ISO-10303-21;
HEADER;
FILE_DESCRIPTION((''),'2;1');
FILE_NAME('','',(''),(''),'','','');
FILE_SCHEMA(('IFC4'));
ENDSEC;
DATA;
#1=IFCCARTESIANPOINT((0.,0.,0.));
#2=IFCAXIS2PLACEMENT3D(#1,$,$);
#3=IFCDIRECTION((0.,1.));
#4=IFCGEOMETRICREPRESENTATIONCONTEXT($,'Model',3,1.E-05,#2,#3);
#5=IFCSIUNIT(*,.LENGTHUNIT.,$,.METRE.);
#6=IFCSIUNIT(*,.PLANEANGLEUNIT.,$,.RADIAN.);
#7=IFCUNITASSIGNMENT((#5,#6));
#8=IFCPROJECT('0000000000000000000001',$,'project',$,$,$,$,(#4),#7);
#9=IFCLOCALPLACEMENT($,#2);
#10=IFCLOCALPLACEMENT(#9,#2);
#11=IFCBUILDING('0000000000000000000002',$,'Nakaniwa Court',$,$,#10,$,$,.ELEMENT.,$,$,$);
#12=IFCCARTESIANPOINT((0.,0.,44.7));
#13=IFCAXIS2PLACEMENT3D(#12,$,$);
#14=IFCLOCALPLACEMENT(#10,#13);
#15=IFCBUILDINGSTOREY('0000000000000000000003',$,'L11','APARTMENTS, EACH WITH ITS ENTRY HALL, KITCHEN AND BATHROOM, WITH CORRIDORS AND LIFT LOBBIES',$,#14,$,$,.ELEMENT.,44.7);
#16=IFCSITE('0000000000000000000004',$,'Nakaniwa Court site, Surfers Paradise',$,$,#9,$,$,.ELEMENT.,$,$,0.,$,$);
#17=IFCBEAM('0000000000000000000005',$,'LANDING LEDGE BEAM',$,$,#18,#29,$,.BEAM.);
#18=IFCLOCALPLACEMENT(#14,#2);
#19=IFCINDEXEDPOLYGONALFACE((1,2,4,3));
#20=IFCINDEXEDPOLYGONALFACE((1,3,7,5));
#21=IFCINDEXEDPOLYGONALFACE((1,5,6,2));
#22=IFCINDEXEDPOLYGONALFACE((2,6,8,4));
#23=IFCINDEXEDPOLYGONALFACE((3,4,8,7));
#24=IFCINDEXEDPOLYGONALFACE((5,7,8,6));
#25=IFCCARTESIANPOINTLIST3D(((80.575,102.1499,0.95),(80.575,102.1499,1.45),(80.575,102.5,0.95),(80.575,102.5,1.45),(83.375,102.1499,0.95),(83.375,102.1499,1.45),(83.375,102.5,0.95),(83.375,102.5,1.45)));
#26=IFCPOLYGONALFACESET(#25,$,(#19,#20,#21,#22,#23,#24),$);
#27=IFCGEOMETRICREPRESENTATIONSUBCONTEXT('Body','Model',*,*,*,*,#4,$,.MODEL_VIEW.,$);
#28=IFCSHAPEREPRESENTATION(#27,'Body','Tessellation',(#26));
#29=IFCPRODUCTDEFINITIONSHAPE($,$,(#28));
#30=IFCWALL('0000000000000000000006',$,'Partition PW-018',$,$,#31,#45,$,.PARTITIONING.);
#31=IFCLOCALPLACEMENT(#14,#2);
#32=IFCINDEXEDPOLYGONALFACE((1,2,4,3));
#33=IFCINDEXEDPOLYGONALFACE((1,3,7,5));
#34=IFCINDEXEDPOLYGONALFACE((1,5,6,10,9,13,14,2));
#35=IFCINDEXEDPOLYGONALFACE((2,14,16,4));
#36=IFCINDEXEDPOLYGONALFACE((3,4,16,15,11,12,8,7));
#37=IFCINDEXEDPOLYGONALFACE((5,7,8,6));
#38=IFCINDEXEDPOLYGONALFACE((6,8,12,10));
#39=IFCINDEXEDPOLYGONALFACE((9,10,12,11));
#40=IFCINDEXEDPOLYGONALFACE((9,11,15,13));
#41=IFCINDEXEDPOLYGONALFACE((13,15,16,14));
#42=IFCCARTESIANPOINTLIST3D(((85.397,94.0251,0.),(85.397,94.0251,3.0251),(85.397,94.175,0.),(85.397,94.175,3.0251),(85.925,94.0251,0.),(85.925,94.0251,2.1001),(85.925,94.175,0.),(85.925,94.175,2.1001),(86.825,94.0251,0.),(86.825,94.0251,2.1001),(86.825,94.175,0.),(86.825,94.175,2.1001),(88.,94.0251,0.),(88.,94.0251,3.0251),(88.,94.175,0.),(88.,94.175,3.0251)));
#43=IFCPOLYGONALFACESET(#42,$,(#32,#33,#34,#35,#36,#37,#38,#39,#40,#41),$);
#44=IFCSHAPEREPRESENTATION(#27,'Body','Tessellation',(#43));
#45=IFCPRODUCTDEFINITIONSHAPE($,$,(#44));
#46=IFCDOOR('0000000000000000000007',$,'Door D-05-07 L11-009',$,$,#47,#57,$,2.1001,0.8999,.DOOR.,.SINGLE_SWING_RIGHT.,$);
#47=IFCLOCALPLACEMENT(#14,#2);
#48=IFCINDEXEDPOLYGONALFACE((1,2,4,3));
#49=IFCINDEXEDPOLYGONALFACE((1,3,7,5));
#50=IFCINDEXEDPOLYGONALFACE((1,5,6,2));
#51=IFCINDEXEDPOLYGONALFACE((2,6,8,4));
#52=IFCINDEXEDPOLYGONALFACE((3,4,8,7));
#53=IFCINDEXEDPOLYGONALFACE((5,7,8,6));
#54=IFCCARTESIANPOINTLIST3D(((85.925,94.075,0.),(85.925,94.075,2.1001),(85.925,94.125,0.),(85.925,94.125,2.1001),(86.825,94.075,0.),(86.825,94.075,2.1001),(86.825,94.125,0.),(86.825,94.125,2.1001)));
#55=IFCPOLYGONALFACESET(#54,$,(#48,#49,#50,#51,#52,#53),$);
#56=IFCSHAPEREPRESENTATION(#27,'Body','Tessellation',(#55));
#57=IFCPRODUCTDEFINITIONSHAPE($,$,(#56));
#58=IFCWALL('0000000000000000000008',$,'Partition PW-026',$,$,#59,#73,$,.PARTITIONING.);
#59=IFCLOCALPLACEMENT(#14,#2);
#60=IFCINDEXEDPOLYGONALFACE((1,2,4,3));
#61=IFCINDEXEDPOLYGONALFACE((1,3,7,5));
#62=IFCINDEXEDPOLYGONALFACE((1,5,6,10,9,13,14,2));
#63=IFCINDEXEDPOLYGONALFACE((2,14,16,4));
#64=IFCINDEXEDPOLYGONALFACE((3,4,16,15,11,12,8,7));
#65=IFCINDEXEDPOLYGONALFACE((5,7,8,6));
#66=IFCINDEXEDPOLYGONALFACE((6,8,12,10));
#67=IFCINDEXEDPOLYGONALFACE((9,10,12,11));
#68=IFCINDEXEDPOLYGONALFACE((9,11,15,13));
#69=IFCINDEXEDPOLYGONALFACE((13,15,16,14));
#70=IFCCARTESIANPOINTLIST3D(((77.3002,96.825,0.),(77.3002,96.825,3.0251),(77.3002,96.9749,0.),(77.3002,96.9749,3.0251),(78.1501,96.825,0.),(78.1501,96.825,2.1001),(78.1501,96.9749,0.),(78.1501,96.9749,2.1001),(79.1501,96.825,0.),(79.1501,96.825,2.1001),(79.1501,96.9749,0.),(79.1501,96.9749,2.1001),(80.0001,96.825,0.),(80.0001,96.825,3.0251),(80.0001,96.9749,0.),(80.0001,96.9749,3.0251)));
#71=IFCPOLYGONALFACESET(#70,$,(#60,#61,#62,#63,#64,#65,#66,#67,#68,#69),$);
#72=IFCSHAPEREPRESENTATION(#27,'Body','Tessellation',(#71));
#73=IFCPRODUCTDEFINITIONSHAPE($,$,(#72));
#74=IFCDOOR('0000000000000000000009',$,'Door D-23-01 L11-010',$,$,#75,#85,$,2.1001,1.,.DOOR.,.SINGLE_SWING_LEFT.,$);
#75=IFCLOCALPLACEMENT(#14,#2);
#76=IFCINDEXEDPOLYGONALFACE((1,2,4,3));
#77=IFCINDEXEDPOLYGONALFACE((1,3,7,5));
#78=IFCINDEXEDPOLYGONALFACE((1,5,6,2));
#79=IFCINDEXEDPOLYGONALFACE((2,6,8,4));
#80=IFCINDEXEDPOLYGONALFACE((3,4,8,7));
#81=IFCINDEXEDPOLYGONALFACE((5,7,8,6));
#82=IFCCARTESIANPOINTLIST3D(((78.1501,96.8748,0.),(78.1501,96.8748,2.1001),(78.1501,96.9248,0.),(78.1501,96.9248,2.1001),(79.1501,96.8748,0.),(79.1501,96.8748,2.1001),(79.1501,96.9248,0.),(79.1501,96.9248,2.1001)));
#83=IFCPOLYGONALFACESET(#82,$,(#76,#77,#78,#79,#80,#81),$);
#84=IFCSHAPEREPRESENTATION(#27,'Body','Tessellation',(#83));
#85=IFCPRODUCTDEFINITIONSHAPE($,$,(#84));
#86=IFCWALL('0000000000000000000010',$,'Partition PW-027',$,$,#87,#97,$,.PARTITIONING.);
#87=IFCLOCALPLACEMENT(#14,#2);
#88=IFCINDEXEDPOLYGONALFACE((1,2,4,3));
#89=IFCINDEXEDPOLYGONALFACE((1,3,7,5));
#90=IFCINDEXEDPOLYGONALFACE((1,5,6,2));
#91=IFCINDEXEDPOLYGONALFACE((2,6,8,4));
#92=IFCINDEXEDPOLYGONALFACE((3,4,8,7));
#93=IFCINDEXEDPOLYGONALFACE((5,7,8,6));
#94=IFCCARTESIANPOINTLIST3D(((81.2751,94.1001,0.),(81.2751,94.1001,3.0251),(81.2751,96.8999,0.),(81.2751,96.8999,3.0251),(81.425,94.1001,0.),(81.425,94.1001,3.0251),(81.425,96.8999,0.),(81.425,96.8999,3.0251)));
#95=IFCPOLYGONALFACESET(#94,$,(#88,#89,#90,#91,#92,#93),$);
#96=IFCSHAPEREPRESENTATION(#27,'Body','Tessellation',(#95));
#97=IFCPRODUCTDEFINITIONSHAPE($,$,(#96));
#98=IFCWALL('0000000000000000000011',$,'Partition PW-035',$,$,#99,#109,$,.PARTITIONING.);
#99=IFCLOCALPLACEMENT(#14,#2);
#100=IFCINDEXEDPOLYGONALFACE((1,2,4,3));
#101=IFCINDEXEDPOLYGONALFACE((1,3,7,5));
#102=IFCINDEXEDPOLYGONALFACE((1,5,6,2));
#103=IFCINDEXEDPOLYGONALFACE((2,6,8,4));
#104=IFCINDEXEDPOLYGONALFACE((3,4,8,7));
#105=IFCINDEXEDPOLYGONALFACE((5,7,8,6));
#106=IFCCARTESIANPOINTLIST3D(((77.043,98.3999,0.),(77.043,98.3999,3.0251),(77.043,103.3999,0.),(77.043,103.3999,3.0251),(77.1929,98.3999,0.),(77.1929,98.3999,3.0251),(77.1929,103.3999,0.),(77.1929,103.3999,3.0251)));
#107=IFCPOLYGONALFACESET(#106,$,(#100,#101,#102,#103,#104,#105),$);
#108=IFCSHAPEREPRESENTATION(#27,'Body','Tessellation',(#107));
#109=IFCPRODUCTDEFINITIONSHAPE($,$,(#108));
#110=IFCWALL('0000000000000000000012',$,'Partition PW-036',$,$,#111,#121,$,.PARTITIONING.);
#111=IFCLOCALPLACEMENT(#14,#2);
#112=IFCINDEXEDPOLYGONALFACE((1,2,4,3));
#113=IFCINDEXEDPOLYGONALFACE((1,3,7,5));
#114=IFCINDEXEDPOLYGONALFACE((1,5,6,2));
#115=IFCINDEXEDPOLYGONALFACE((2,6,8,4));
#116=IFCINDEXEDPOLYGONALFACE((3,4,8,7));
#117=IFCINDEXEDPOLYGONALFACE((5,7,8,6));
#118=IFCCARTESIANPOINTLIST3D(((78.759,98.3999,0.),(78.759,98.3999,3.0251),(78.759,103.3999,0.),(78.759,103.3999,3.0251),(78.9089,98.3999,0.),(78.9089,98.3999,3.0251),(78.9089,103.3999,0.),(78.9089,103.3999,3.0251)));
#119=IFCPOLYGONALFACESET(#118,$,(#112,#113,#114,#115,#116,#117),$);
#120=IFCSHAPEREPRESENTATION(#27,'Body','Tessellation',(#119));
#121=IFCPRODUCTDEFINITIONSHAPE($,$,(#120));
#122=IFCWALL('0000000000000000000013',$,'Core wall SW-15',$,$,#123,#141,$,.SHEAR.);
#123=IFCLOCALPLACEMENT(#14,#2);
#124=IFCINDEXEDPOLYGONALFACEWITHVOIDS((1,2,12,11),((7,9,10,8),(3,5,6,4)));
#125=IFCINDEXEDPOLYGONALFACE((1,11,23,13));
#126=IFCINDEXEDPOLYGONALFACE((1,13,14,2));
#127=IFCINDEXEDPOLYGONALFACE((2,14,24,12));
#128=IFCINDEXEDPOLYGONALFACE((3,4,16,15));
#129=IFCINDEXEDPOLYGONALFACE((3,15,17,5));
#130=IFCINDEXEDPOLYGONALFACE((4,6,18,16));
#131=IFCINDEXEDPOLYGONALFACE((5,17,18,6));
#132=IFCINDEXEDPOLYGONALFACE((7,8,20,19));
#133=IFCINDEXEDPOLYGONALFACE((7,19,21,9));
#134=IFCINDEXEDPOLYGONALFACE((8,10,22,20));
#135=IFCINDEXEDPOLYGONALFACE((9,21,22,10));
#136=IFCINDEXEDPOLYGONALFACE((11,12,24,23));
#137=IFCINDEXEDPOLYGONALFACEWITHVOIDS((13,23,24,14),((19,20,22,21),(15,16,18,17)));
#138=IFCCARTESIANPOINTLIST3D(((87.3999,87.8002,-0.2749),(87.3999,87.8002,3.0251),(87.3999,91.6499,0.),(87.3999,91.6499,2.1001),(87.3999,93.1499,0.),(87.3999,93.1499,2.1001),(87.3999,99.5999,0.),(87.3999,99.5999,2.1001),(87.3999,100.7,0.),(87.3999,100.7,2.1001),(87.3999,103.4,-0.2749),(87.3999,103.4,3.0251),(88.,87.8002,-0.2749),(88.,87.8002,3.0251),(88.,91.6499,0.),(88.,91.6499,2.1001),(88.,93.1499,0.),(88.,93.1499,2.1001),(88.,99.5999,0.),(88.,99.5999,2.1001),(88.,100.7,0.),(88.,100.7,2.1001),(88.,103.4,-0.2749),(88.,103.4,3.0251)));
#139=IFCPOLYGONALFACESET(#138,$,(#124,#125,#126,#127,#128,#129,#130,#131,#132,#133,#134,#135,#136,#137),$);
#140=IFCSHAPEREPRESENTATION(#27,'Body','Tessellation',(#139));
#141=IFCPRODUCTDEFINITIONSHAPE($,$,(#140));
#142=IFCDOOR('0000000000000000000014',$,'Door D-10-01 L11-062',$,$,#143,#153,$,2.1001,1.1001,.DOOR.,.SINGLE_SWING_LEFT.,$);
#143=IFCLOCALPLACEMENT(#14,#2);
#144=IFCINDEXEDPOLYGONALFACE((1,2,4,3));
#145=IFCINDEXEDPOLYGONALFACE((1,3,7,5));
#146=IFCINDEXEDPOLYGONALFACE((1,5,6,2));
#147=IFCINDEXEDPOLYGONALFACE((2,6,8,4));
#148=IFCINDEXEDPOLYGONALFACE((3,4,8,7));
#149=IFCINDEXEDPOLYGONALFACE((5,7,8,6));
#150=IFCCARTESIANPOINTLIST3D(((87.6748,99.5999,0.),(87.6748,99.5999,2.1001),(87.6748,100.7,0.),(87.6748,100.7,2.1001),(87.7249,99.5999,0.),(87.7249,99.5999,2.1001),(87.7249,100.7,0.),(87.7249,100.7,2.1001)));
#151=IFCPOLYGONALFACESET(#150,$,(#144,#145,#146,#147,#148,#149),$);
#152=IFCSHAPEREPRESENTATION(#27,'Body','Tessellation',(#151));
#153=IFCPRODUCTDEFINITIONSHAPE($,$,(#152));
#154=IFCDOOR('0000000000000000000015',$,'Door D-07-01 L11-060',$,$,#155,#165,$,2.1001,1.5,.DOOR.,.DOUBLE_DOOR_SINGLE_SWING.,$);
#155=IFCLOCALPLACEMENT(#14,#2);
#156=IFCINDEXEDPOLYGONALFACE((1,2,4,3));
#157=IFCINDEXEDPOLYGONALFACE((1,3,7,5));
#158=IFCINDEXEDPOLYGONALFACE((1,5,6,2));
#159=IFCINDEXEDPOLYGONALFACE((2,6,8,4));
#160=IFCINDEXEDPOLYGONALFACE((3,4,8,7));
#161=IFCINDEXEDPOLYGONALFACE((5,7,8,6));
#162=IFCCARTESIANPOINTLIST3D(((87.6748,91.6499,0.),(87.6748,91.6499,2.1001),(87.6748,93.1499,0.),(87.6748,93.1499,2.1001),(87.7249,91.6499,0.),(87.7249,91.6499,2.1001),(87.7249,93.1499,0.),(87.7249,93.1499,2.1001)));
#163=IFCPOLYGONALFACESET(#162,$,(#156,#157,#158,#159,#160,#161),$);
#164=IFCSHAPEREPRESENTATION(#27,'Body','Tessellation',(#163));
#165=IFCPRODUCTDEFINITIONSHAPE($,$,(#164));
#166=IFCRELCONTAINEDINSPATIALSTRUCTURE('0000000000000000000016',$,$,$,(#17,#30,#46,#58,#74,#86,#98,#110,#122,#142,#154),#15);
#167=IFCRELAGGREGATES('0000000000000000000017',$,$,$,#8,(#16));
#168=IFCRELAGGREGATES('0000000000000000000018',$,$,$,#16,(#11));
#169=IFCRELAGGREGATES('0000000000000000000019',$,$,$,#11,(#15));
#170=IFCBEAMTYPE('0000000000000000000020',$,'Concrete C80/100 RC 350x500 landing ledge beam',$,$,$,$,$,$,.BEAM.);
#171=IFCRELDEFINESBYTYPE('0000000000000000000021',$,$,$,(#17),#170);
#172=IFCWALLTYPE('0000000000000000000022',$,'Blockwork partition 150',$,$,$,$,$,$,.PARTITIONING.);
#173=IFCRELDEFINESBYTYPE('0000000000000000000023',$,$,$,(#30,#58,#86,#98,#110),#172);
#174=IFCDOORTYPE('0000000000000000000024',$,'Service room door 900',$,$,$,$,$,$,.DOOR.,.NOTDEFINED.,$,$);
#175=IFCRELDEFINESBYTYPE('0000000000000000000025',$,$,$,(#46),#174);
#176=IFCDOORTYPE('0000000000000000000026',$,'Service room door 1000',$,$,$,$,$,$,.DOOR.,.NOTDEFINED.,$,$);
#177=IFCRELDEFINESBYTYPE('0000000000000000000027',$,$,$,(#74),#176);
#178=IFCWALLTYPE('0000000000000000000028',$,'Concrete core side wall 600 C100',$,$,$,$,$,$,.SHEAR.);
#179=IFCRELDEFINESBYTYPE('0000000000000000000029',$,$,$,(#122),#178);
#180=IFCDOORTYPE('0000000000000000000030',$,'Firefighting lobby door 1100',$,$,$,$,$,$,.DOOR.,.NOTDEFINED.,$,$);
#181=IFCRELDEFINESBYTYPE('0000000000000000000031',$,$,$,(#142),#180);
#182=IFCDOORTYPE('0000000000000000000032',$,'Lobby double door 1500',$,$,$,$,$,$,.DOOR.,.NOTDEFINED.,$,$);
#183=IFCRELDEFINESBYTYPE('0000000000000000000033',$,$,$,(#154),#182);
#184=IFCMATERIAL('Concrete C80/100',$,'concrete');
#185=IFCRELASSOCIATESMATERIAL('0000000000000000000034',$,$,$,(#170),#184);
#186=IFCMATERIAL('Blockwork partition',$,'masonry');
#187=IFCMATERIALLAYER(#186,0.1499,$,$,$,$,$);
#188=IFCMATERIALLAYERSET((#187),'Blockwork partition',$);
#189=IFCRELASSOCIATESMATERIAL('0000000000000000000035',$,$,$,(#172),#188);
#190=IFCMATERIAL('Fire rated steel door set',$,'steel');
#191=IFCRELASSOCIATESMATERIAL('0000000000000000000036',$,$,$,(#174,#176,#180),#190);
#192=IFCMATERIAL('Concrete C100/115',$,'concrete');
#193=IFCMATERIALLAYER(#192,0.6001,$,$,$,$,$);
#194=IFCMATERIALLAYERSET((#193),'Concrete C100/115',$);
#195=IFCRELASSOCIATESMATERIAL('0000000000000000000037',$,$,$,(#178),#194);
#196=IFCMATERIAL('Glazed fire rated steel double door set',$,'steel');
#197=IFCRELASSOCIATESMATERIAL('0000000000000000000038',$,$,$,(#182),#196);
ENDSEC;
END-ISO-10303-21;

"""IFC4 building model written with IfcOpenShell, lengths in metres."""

from ifc_helpers import new_model, si_unit, direction, frame, frame_2d, origin, origin_2d, place, context, subcontext, project, spatial, rectangle, extrude, material, layer, layer_set, material_profile, profile_set, type_object, element, fill, save


model = new_model("IFC4")

# Units and contexts
model_context = context("Model", 3, precision=1e-05, world=origin(), true_north=direction((0.0, 1.0)))
body_context = subcontext(model_context, "Body", "Model", "MODEL_VIEW")
ifc_project = project(units=[si_unit("LENGTHUNIT", "METRE"), si_unit("PLANEANGLEUNIT", "RADIAN")], contexts=[model_context])

# Site, building, storey
site_placement = place(None, origin())
site = spatial("IfcSite", under=ifc_project, at=site_placement, Name="Nakaniwa Court site, Surfers Paradise", CompositionType="ELEMENT", RefElevation=0.0)
building_placement = place(site_placement, origin())
building = spatial("IfcBuilding", under=site, at=building_placement, Name="Nakaniwa Court", CompositionType="ELEMENT")
storey_placement = place(building_placement, frame((0.0, 0.0, 44.7)))
storey = spatial("IfcBuildingStorey", under=building, at=storey_placement, Name="L11", Description="APARTMENTS, EACH WITH ITS ENTRY HALL, KITCHEN AND BATHROOM, WITH CORRIDORS AND LIFT LOBBIES", CompositionType="ELEMENT", Elevation=44.7)

# Beam
ifc_material_1 = material(Name="Concrete C80/100", Category="concrete")
ifc_material_profile = material_profile(ifc_material_1, rectangle(XDim=0.3501, YDim=0.5, at=origin_2d()), Name="Concrete C80/100 RC 350x500 landing ledge beam")
ifc_profile_set = profile_set([ifc_material_profile], Name="Concrete C80/100")
beam_type = type_object("IfcBeamType", Name="Concrete C80/100 RC 350x500 landing ledge beam", PredefinedType="BEAM", material=ifc_profile_set)
beam_placement = place(storey_placement, frame((80.575, 102.325, 1.2), z_axis=(1.0, 0.0, 0.0), x_axis=(0.0, 1.0, 0.0)))
element("IfcBeam", 1, at=beam_placement, inside=storey, type_object=beam_type, Name="LANDING LEDGE BEAM", PredefinedType="BEAM", context=body_context, shape_type="SweptSolid", body=[
    extrude(rectangle(XDim=0.3501, YDim=0.5, at=origin_2d()), origin(), (0.0, 0.0, 1.0), 2.8),
])

# Walls, openings, doors
ifc_material_2 = material(Name="Blockwork partition", Category="masonry")
ifc_layer_1 = layer(ifc_material_2, 0.1499)
ifc_layer_set_1 = layer_set([ifc_layer_1], Name="Blockwork partition")
wall_type_1 = type_object("IfcWallType", Name="Blockwork partition 150", PredefinedType="PARTITIONING", material=ifc_layer_set_1)
wall_1_placement = place(storey_placement, frame((85.397, 94.1001, 0.0), z_axis=(0.0, 0.0, 1.0), x_axis=(1.0, 0.0, 0.0)))
wall_1 = element("IfcWall", 2, at=wall_1_placement, inside=storey, type_object=wall_type_1, Name="Partition PW-018", PredefinedType="PARTITIONING", context=body_context, shape_type="SweptSolid", body=[
    extrude(rectangle(XDim=2.603, YDim=0.1499, at=frame_2d((1.3015, 0.0))), origin(), (0.0, 0.0, 1.0), 3.0251),
])
opening_1_placement = place(wall_1_placement, frame((0.5281, 0.0, 0.0)))
opening_1 = element("IfcOpeningElement", 3, at=opening_1_placement, cuts=wall_1, PredefinedType="OPENING", context=body_context, shape_type="SweptSolid", body=[
    extrude(rectangle(XDim=0.8999, YDim=2.1001, at=frame_2d((0.45, 1.05))), frame((0.0, 0.085, 0.0), z_axis=(0.0, -1.0, 0.0), x_axis=(1.0, 0.0, 0.0)), (0.0, 0.0, 1.0), 0.1699),
])
ifc_material_3 = material(Name="Fire rated steel door set", Category="steel")
door_type_1 = type_object("IfcDoorType", Name="Service room door 900", OperationType="NOTDEFINED", PredefinedType="DOOR", material=ifc_material_3)
door_1_placement = place(opening_1_placement, origin())
door_1 = element("IfcDoor", 4, at=door_1_placement, inside=storey, type_object=door_type_1, Name="Door D-05-07 L11-009", OperationType="SINGLE_SWING_RIGHT", OverallHeight=2.1001, OverallWidth=0.8999, PredefinedType="DOOR", context=body_context, shape_type="SweptSolid", body=[
    extrude(rectangle(XDim=0.8999, YDim=2.1001, at=frame_2d((0.45, 1.05))), frame((0.0, 0.0249, 0.0), z_axis=(0.0, -1.0, 0.0), x_axis=(1.0, 0.0, 0.0)), (0.0, 0.0, 1.0), 0.05),
])
fill(opening_1, door_1)
wall_2_placement = place(storey_placement, frame((77.3, 96.8999, 0.0), z_axis=(0.0, 0.0, 1.0), x_axis=(1.0, 0.0, 0.0)))
wall_2 = element("IfcWall", 5, at=wall_2_placement, inside=storey, type_object=wall_type_1, Name="Partition PW-026", PredefinedType="PARTITIONING", context=body_context, shape_type="SweptSolid", body=[
    extrude(rectangle(XDim=2.7, YDim=0.1499, at=frame_2d((1.3501, 0.0))), origin(), (0.0, 0.0, 1.0), 3.0251),
])
opening_2_placement = place(wall_2_placement, frame((0.8501, 0.0, 0.0)))
opening_2 = element("IfcOpeningElement", 6, at=opening_2_placement, cuts=wall_2, PredefinedType="OPENING", context=body_context, shape_type="SweptSolid", body=[
    extrude(rectangle(XDim=1.0, YDim=2.1001, at=frame_2d((0.5, 1.05))), frame((0.0, 0.085, 0.0), z_axis=(0.0, -1.0, 0.0), x_axis=(1.0, 0.0, 0.0)), (0.0, 0.0, 1.0), 0.1699),
])
door_type_2 = type_object("IfcDoorType", Name="Service room door 1000", OperationType="NOTDEFINED", PredefinedType="DOOR", material=ifc_material_3)
door_2_placement = place(opening_2_placement, origin())
door_2 = element("IfcDoor", 7, at=door_2_placement, inside=storey, type_object=door_type_2, Name="Door D-23-01 L11-010", OperationType="SINGLE_SWING_LEFT", OverallHeight=2.1001, OverallWidth=1.0, PredefinedType="DOOR", context=body_context, shape_type="SweptSolid", body=[
    extrude(rectangle(XDim=1.0, YDim=2.1001, at=frame_2d((0.5, 1.05))), frame((0.0, 0.0249, 0.0), z_axis=(0.0, -1.0, 0.0), x_axis=(1.0, 0.0, 0.0)), (0.0, 0.0, 1.0), 0.05),
])
fill(opening_2, door_2)

# Walls
wall_3_placement = place(storey_placement, frame((81.3501, 94.1001, 0.0), z_axis=(0.0, 0.0, 1.0), x_axis=(0.0, 1.0, 0.0)))
element("IfcWall", 8, at=wall_3_placement, inside=storey, type_object=wall_type_1, Name="Partition PW-027", PredefinedType="PARTITIONING", context=body_context, shape_type="SweptSolid", body=[
    extrude(rectangle(XDim=2.7998, YDim=0.1499, at=frame_2d((1.3999, 0.0))), origin(), (0.0, 0.0, 1.0), 3.0251),
])
for number, where, z_axis, x_axis, name in (
    (9, (77.1179, 98.3999, 0.0), (0.0, 0.0, 1.0), (0.0, 1.0, 0.0), "Partition PW-035"),
    (10, (78.834, 98.3999, 0.0), (0.0, 0.0, 1.0), (0.0, 1.0, 0.0), "Partition PW-036"),
):
    element("IfcWall", number, at=place(storey_placement, frame(where, z_axis=z_axis, x_axis=x_axis)), inside=storey, type_object=wall_type_1, Name=name, PredefinedType="PARTITIONING", context=body_context, shape_type="SweptSolid", body=[
        extrude(rectangle(XDim=5.0, YDim=0.1499, at=frame_2d((2.5, 0.0))), origin(), (0.0, 0.0, 1.0), 3.0251),
    ])

# Wall, openings, doors
ifc_material_4 = material(Name="Concrete C100/115", Category="concrete")
ifc_layer_2 = layer(ifc_material_4, 0.6001)
ifc_layer_set_2 = layer_set([ifc_layer_2], Name="Concrete C100/115")
wall_type_2 = type_object("IfcWallType", Name="Concrete core side wall 600 C100", PredefinedType="SHEAR", material=ifc_layer_set_2)
wall_4_placement = place(storey_placement, frame((87.7, 103.3999, -0.2749), z_axis=(0.0, 0.0, 1.0), x_axis=(0.0, -1.0, 0.0)))
wall_4 = element("IfcWall", 11, at=wall_4_placement, inside=storey, type_object=wall_type_2, Name="Core wall SW-15", PredefinedType="SHEAR", context=body_context, shape_type="SweptSolid", body=[
    extrude(rectangle(XDim=15.5999, YDim=0.6001, at=frame_2d((7.7998, 0.0))), origin(), (0.0, 0.0, 1.0), 3.3),
])
opening_3_placement = place(wall_4_placement, frame((10.25, 0.0, 0.2749)))
opening_3 = element("IfcOpeningElement", 12, at=opening_3_placement, cuts=wall_4, PredefinedType="OPENING", context=body_context, shape_type="SweptSolid", body=[
    extrude(rectangle(XDim=1.5, YDim=2.1001, at=frame_2d((0.75, 1.05))), frame((0.0, 0.3101, 0.0), z_axis=(0.0, -1.0, 0.0), x_axis=(1.0, 0.0, 0.0)), (0.0, 0.0, 1.0), 0.6201),
])
opening_4_placement = place(wall_4_placement, frame((2.7, 0.0, 0.2749)))
opening_4 = element("IfcOpeningElement", 13, at=opening_4_placement, cuts=wall_4, PredefinedType="OPENING", context=body_context, shape_type="SweptSolid", body=[
    extrude(rectangle(XDim=1.1001, YDim=2.1001, at=frame_2d((0.55, 1.05))), frame((0.0, 0.3101, 0.0), z_axis=(0.0, -1.0, 0.0), x_axis=(1.0, 0.0, 0.0)), (0.0, 0.0, 1.0), 0.6201),
])
door_type_3 = type_object("IfcDoorType", Name="Firefighting lobby door 1100", OperationType="NOTDEFINED", PredefinedType="DOOR", material=ifc_material_3)
door_3_placement = place(opening_4_placement, origin())
door_3 = element("IfcDoor", 14, at=door_3_placement, inside=storey, type_object=door_type_3, Name="Door D-10-01 L11-062", OperationType="SINGLE_SWING_LEFT", OverallHeight=2.1001, OverallWidth=1.1001, PredefinedType="DOOR", context=body_context, shape_type="SweptSolid", body=[
    extrude(rectangle(XDim=1.1001, YDim=2.1001, at=frame_2d((0.55, 1.05))), frame((0.0, 0.0249, 0.0), z_axis=(0.0, -1.0, 0.0), x_axis=(1.0, 0.0, 0.0)), (0.0, 0.0, 1.0), 0.05),
])
fill(opening_4, door_3)
ifc_material_5 = material(Name="Glazed fire rated steel double door set", Category="steel")
door_type_4 = type_object("IfcDoorType", Name="Lobby double door 1500", OperationType="NOTDEFINED", PredefinedType="DOOR", material=ifc_material_5)
door_4_placement = place(opening_3_placement, origin())
door_4 = element("IfcDoor", 15, at=door_4_placement, inside=storey, type_object=door_type_4, Name="Door D-07-01 L11-060", OperationType="DOUBLE_DOOR_SINGLE_SWING", OverallHeight=2.1001, OverallWidth=1.5, PredefinedType="DOOR", context=body_context, shape_type="SweptSolid", body=[
    extrude(rectangle(XDim=1.5, YDim=2.1001, at=frame_2d((0.75, 1.05))), frame((0.0, 0.0249, 0.0), z_axis=(0.0, -1.0, 0.0), x_axis=(1.0, 0.0, 0.0)), (0.0, 0.0, 1.0), 0.05),
])
fill(opening_3, door_4)

save(model, "model.ifc")
